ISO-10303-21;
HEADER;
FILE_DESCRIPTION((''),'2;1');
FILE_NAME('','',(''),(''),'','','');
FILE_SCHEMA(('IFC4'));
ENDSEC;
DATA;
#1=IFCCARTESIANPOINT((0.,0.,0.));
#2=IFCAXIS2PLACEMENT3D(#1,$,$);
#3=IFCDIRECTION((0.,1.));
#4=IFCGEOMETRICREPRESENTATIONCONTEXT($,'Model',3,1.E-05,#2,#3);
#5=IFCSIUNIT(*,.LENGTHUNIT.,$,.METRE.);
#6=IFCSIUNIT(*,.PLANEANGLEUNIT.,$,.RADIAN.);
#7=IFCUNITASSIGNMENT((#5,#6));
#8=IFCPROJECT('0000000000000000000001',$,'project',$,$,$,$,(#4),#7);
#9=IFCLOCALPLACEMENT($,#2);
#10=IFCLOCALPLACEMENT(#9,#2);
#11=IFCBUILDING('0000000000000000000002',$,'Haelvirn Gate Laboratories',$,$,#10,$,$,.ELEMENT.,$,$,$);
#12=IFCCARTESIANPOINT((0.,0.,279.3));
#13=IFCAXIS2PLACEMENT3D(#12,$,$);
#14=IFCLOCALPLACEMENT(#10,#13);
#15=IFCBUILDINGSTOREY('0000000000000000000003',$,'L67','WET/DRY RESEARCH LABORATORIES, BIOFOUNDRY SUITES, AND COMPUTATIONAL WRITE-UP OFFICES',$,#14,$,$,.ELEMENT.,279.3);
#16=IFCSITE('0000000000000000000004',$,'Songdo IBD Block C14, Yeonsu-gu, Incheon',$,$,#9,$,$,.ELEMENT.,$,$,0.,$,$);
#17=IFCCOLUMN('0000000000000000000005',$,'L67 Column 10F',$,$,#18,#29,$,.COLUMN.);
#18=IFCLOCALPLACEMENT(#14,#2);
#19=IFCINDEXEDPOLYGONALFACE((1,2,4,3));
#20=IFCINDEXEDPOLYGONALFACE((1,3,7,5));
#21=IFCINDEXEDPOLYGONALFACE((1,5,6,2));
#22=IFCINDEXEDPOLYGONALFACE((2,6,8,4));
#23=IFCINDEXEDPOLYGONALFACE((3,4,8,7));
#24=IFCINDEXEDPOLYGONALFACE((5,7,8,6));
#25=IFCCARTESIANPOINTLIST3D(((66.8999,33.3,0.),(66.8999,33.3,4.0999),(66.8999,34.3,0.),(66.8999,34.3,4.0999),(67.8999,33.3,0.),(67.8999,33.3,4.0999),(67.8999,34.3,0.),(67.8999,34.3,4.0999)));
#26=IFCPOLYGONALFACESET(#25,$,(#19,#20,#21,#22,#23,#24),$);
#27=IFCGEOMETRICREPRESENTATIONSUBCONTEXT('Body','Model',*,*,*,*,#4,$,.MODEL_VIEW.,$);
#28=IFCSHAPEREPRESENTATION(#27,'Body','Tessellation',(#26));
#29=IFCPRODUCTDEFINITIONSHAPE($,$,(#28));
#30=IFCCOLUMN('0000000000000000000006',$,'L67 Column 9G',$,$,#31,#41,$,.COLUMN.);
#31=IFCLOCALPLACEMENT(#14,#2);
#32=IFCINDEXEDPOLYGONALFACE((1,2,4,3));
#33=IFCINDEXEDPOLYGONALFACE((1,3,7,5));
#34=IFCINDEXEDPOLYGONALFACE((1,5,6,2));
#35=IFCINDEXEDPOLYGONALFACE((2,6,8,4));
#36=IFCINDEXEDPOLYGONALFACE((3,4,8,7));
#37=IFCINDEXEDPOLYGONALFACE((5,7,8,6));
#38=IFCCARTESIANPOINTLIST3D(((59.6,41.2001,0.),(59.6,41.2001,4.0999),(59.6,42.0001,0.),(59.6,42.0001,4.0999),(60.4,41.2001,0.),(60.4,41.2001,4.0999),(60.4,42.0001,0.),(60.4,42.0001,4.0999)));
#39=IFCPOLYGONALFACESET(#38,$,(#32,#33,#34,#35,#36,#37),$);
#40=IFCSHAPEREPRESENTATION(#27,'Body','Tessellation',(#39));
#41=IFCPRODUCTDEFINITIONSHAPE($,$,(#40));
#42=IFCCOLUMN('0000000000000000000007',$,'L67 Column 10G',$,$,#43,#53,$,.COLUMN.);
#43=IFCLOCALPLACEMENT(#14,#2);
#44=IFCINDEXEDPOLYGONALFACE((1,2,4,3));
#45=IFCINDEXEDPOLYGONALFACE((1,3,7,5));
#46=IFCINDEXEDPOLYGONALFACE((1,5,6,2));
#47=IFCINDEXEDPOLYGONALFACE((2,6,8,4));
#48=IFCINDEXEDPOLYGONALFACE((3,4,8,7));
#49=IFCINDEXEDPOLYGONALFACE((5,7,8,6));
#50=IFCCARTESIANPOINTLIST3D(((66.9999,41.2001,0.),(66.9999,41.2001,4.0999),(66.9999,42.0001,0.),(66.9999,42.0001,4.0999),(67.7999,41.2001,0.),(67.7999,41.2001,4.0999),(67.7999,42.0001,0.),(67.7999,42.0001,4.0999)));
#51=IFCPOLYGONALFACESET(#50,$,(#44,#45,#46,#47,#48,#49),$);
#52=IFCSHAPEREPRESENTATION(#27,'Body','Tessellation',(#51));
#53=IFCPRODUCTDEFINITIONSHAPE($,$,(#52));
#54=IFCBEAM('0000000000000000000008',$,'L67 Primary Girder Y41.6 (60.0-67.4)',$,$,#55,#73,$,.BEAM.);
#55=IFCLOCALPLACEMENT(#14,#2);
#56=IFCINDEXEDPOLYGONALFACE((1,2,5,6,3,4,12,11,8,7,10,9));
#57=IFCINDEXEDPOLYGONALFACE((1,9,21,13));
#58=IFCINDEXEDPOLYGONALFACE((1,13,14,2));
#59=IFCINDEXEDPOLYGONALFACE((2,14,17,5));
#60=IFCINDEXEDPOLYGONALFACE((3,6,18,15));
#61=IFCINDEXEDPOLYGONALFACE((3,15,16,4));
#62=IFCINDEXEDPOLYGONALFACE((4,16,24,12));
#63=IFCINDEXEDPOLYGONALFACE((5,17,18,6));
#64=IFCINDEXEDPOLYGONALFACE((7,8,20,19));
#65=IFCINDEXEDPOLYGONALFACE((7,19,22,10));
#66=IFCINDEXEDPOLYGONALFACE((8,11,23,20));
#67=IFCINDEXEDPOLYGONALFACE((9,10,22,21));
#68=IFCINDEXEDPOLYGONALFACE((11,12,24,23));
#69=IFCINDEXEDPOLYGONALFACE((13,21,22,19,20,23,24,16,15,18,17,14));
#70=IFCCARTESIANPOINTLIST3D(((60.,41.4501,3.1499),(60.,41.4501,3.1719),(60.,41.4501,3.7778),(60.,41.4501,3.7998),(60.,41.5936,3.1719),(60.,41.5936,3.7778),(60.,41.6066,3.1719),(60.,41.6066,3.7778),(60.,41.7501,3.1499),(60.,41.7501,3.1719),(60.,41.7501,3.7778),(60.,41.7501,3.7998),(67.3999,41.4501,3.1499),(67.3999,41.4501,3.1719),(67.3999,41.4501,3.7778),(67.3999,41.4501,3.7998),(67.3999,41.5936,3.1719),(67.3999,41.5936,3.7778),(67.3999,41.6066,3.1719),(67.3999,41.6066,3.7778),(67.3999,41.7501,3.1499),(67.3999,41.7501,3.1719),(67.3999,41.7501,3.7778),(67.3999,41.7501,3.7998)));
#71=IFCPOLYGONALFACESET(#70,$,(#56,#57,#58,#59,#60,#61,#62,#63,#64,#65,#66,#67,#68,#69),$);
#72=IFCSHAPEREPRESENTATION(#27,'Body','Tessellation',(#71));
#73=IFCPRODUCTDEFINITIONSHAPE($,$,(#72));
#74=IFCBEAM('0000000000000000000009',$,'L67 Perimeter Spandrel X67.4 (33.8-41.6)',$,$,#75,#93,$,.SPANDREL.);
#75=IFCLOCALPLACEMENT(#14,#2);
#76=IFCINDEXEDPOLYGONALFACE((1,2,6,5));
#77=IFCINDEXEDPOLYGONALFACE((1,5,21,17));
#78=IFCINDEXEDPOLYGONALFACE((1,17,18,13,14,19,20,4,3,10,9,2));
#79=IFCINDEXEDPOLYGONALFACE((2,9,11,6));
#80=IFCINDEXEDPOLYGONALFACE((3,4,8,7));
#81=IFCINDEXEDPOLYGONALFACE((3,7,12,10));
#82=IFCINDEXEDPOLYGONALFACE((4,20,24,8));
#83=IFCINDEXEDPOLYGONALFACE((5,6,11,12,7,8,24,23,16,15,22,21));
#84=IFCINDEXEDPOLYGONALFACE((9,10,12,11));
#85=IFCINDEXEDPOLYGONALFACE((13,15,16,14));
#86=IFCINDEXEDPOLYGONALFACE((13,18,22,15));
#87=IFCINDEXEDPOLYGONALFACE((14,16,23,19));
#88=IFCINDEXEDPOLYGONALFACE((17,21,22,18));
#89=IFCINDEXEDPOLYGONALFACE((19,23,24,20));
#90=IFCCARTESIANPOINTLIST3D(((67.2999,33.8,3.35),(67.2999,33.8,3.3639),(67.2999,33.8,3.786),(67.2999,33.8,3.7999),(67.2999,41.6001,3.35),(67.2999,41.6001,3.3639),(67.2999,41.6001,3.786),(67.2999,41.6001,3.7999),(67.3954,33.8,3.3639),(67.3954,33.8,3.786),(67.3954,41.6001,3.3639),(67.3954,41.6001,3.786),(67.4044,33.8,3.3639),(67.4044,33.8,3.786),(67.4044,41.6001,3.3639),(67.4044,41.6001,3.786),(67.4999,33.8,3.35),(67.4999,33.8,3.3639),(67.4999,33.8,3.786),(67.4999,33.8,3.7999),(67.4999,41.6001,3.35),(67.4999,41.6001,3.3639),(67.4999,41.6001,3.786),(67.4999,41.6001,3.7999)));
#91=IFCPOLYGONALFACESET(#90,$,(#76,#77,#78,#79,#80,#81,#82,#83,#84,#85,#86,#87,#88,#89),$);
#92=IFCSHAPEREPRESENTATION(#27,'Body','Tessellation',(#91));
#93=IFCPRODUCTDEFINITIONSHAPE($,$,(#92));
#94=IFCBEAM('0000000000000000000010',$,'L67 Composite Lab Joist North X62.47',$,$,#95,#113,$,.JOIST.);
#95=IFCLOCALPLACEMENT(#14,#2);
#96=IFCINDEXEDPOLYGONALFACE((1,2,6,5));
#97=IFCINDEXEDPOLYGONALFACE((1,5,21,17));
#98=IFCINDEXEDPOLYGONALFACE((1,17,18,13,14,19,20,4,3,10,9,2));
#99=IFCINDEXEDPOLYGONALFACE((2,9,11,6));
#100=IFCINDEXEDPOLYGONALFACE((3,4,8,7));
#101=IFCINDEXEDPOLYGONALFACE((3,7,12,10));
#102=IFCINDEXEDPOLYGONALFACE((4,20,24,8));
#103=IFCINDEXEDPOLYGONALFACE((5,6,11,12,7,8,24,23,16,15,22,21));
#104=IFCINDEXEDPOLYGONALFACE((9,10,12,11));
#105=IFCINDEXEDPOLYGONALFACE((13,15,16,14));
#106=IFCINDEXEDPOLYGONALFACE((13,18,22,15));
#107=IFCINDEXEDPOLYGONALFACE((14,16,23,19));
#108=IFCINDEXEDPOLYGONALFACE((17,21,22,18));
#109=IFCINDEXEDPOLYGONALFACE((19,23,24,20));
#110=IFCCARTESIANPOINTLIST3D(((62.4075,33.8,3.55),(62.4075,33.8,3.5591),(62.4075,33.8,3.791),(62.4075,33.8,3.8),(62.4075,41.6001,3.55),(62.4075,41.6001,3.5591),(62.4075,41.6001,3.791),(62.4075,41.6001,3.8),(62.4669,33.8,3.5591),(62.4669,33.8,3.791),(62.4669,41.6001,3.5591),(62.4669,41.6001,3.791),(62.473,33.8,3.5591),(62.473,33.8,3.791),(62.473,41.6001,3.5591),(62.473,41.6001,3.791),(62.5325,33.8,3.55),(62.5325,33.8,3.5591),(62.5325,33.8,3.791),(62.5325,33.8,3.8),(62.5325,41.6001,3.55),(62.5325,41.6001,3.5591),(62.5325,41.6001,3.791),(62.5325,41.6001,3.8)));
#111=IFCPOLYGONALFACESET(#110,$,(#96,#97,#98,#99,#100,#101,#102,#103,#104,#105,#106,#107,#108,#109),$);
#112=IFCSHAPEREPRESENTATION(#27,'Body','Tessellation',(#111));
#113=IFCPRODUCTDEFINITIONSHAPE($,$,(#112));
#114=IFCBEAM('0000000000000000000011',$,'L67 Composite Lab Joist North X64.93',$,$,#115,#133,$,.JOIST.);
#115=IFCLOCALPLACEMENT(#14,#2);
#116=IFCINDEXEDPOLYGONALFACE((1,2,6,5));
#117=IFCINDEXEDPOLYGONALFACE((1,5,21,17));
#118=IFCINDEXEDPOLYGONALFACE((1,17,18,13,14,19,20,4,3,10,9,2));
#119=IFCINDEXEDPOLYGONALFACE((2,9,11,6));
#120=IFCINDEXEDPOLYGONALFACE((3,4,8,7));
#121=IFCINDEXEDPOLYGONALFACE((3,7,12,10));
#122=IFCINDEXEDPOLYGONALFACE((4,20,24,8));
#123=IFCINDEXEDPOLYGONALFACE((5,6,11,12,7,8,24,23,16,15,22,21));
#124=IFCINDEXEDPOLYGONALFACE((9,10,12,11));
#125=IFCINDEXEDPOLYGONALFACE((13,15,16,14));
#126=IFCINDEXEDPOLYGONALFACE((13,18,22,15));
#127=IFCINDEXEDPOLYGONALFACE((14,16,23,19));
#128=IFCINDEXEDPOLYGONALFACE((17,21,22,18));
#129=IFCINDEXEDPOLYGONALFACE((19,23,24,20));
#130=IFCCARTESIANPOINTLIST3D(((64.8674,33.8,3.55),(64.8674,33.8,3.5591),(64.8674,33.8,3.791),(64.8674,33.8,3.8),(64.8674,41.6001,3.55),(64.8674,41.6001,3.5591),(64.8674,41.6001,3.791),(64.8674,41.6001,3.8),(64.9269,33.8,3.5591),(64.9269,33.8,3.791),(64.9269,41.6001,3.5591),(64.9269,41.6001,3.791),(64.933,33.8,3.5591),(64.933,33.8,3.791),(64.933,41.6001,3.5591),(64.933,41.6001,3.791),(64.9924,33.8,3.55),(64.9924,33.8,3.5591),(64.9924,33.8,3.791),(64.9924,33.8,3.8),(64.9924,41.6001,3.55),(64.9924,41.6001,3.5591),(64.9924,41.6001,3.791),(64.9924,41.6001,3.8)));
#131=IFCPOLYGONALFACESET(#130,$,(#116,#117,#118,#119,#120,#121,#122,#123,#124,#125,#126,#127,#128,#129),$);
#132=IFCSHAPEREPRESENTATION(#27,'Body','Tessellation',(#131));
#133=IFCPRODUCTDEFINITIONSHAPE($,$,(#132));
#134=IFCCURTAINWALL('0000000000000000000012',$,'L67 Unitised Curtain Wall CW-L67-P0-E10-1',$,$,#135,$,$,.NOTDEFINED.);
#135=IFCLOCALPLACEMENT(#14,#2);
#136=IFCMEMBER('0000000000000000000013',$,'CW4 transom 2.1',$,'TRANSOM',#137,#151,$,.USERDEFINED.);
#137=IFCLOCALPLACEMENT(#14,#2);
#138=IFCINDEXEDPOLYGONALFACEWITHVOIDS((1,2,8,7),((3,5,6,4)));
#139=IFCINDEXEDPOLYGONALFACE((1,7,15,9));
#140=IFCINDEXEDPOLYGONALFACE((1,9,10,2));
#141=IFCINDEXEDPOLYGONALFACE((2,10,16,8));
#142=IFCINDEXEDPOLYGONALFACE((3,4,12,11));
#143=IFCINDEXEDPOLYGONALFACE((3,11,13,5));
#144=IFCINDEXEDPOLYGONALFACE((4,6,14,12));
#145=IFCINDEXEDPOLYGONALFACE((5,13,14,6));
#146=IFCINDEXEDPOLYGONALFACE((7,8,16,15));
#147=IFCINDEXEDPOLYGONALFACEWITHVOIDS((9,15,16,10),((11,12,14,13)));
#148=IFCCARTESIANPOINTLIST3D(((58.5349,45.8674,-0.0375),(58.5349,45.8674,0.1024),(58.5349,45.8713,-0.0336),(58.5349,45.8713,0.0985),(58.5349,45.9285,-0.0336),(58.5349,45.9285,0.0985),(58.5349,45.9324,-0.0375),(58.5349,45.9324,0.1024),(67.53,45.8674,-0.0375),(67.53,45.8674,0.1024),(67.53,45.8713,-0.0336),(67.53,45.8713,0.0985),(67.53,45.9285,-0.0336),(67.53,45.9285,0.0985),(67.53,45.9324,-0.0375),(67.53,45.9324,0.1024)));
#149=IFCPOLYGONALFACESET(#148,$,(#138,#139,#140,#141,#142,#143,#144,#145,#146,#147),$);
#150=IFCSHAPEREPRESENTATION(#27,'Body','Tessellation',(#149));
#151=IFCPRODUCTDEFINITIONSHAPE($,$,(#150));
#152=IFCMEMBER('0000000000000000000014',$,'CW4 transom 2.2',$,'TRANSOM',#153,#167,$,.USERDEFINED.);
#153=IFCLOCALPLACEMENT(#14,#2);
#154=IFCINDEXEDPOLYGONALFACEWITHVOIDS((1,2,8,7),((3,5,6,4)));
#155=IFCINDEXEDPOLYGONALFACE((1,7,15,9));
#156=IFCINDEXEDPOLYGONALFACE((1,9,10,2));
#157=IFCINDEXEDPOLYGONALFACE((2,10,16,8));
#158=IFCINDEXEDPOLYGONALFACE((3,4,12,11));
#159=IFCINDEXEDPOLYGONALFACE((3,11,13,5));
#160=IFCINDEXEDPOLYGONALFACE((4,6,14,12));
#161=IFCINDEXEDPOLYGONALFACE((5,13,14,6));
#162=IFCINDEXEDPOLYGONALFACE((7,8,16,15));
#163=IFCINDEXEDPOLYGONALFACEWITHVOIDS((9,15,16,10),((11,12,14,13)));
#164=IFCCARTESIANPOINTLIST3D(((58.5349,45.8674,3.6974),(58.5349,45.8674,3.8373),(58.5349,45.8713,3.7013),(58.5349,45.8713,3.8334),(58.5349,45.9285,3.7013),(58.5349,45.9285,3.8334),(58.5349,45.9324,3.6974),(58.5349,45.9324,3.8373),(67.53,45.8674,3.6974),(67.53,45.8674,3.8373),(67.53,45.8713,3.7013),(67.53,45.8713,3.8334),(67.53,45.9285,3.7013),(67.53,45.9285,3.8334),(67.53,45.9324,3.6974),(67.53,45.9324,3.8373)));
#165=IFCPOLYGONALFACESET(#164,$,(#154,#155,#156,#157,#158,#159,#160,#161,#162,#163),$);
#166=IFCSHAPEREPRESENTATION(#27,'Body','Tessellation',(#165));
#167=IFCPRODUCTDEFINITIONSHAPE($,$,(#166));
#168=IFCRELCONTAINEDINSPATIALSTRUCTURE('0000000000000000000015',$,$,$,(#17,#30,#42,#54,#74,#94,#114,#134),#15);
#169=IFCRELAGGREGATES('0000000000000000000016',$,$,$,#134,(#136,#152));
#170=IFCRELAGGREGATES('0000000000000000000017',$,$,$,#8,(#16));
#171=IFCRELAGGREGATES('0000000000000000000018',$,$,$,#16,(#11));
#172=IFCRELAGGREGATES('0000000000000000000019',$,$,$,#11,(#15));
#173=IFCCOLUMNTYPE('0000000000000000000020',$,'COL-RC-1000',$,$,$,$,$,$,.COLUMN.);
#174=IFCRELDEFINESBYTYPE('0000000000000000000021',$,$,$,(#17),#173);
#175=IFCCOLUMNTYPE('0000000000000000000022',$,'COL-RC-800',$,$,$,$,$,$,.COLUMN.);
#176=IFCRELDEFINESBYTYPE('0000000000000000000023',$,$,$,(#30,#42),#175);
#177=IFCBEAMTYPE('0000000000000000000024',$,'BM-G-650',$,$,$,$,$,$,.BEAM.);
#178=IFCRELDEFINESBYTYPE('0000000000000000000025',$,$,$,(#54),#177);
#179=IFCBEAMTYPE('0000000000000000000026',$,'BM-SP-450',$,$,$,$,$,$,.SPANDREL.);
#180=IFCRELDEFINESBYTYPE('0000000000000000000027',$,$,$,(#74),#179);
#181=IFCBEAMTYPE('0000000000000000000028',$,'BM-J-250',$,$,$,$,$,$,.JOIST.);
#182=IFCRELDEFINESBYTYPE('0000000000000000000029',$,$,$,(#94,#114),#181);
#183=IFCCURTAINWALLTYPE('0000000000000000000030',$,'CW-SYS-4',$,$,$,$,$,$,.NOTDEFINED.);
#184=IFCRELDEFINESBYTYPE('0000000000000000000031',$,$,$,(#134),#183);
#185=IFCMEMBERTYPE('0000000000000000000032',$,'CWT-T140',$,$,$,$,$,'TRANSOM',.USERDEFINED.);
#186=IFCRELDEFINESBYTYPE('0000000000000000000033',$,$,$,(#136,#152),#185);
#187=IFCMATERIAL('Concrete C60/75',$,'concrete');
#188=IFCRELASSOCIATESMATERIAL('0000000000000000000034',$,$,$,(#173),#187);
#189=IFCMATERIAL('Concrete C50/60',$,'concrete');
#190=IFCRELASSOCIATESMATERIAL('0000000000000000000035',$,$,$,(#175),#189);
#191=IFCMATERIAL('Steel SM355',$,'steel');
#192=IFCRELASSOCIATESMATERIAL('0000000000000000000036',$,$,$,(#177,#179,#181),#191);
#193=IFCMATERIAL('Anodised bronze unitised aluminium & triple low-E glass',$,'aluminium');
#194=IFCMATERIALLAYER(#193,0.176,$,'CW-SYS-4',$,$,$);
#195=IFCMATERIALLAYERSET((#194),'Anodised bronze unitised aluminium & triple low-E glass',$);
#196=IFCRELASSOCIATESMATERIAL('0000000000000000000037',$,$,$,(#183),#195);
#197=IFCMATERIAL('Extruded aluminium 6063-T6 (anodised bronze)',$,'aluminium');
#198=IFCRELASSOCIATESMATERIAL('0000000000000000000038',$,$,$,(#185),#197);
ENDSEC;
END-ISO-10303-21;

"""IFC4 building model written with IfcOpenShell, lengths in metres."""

from ifc_helpers import new_model, si_unit, direction, frame, origin, origin_2d, place, context, subcontext, project, spatial, rectangle, hollow_rectangle, i_section, extrude, source, transform, mapped, material, layer, layer_set, material_profile, profile_set, type_object, type_shapes, element, aggregate, save


model = new_model("IFC4")

# Units and contexts
model_context = context("Model", 3, precision=1e-05, world=origin(), true_north=direction((0.0, 1.0)))
body_context = subcontext(model_context, "Body", "Model", "MODEL_VIEW")
ifc_project = project(units=[si_unit("LENGTHUNIT", "METRE"), si_unit("PLANEANGLEUNIT", "RADIAN")], contexts=[model_context])

# Site, building, storey
site_placement = place(None, origin())
site = spatial("IfcSite", under=ifc_project, at=site_placement, Name="Songdo IBD Block C14, Yeonsu-gu, Incheon", CompositionType="ELEMENT", RefElevation=0.0)
building_placement = place(site_placement, origin())
building = spatial("IfcBuilding", under=site, at=building_placement, Name="Haelvirn Gate Laboratories", CompositionType="ELEMENT")
storey_placement = place(building_placement, frame((0.0, 0.0, 279.3)))
storey = spatial("IfcBuildingStorey", under=building, at=storey_placement, Name="L67", Description="WET/DRY RESEARCH LABORATORIES, BIOFOUNDRY SUITES, AND COMPUTATIONAL WRITE-UP OFFICES", CompositionType="ELEMENT", Elevation=279.3)

# Columns
ifc_material_1 = material(Name="Concrete C60/75", Category="concrete")
ifc_material_profile_1 = material_profile(ifc_material_1, rectangle(XDim=1.0, YDim=1.0, at=origin_2d()), Name="RC-1000x1000")
ifc_profile_set_1 = profile_set([ifc_material_profile_1], Name="Concrete C60/75")
column_type_1 = type_object("IfcColumnType", Name="COL-RC-1000", PredefinedType="COLUMN", material=ifc_profile_set_1)
shared_shape_1 = source(origin(), body_context, "Body", "SweptSolid", [
    extrude(rectangle(XDim=1.0, YDim=1.0, at=origin_2d()), origin(), (0.0, 0.0, 1.0), 4.0999),
])
type_shapes(column_type_1, [shared_shape_1])
column_placement = place(storey_placement, frame((67.3999, 33.8, 0.0), z_axis=(0.0, 0.0, 1.0), x_axis=(1.0, 0.0, 0.0)))
element("IfcColumn", 1, at=column_placement, inside=storey, type_object=column_type_1, Name="L67 Column 10F", PredefinedType="COLUMN", context=body_context, shape_type="MappedRepresentation", body=[
    mapped(shared_shape_1, transform((0.0, 0.0, 0.0), scale=1.0)),
])
ifc_material_2 = material(Name="Concrete C50/60", Category="concrete")
ifc_material_profile_2 = material_profile(ifc_material_2, rectangle(XDim=0.8, YDim=0.8, at=origin_2d()), Name="RC-800x800")
ifc_profile_set_2 = profile_set([ifc_material_profile_2], Name="Concrete C50/60")
column_type_2 = type_object("IfcColumnType", Name="COL-RC-800", PredefinedType="COLUMN", material=ifc_profile_set_2)
shared_shape_2 = source(origin(), body_context, "Body", "SweptSolid", [
    extrude(rectangle(XDim=0.8, YDim=0.8, at=origin_2d()), origin(), (0.0, 0.0, 1.0), 4.0999),
])
type_shapes(column_type_2, [shared_shape_2])
for number, where, z_axis, x_axis, name in (
    (2, (60.0, 41.6001, 0.0), (0.0, 0.0, 1.0), (1.0, 0.0, 0.0), "L67 Column 9G"),
    (3, (67.3999, 41.6001, 0.0), (0.0, 0.0, 1.0), (1.0, 0.0, 0.0), "L67 Column 10G"),
):
    element("IfcColumn", number, at=place(storey_placement, frame(where, z_axis=z_axis, x_axis=x_axis)), inside=storey, type_object=column_type_2, Name=name, PredefinedType="COLUMN", context=body_context, shape_type="MappedRepresentation", body=[
        mapped(shared_shape_2, transform((0.0, 0.0, 0.0), scale=1.0)),
    ])

# Beams
ifc_material_3 = material(Name="Steel SM355", Category="steel")
ifc_material_profile_3 = material_profile(ifc_material_3, i_section(OverallWidth=0.3, OverallDepth=0.6499, WebThickness=0.0129, FlangeThickness=0.022, at=origin_2d()), Name="H-650x300x13x22")
ifc_profile_set_3 = profile_set([ifc_material_profile_3], Name="Steel SM355")
beam_type_1 = type_object("IfcBeamType", Name="BM-G-650", PredefinedType="BEAM", material=ifc_profile_set_3)
shared_shape_3 = source(origin(), body_context, "Body", "SweptSolid", [
    extrude(i_section(OverallWidth=0.3, OverallDepth=0.6499, WebThickness=0.0129, FlangeThickness=0.022, at=origin_2d()), origin(), (0.0, 0.0, 1.0), 7.3999),
])
type_shapes(beam_type_1, [shared_shape_3])
beam_1_placement = place(storey_placement, frame((60.0, 41.6001, 3.4749), z_axis=(1.0, 0.0, 0.0), x_axis=(0.0, 1.0, 0.0)))
element("IfcBeam", 4, at=beam_1_placement, inside=storey, type_object=beam_type_1, Name="L67 Primary Girder Y41.6 (60.0-67.4)", PredefinedType="BEAM", context=body_context, shape_type="MappedRepresentation", body=[
    mapped(shared_shape_3, transform((0.0, 0.0, 0.0), scale=1.0)),
])
ifc_material_profile_4 = material_profile(ifc_material_3, i_section(OverallWidth=0.2, OverallDepth=0.45, WebThickness=0.009, FlangeThickness=0.0139, at=origin_2d()), Name="H-450x200x9x14")
ifc_profile_set_4 = profile_set([ifc_material_profile_4], Name="Steel SM355")
beam_type_2 = type_object("IfcBeamType", Name="BM-SP-450", PredefinedType="SPANDREL", material=ifc_profile_set_4)
shared_shape_4 = source(origin(), body_context, "Body", "SweptSolid", [
    extrude(i_section(OverallWidth=0.2, OverallDepth=0.45, WebThickness=0.009, FlangeThickness=0.0139, at=origin_2d()), origin(), (0.0, 0.0, 1.0), 7.8),
])
type_shapes(beam_type_2, [shared_shape_4])
beam_2_placement = place(storey_placement, frame((67.3999, 33.8, 3.575), z_axis=(0.0, 1.0, 0.0), x_axis=(-1.0, 0.0, 0.0)))
element("IfcBeam", 5, at=beam_2_placement, inside=storey, type_object=beam_type_2, Name="L67 Perimeter Spandrel X67.4 (33.8-41.6)", PredefinedType="SPANDREL", context=body_context, shape_type="MappedRepresentation", body=[
    mapped(shared_shape_4, transform((0.0, 0.0, 0.0), scale=1.0)),
])
ifc_material_profile_5 = material_profile(ifc_material_3, i_section(OverallWidth=0.125, OverallDepth=0.25, WebThickness=0.0061, FlangeThickness=0.009, at=origin_2d()), Name="H-250x125x6x9")
ifc_profile_set_5 = profile_set([ifc_material_profile_5], Name="Steel SM355")
beam_type_3 = type_object("IfcBeamType", Name="BM-J-250", PredefinedType="JOIST", material=ifc_profile_set_5)
shared_shape_5 = source(origin(), body_context, "Body", "SweptSolid", [
    extrude(i_section(OverallWidth=0.125, OverallDepth=0.25, WebThickness=0.0061, FlangeThickness=0.009, at=origin_2d()), origin(), (0.0, 0.0, 1.0), 7.8),
])
type_shapes(beam_type_3, [shared_shape_5])
for number, where, z_axis, x_axis, name in (
    (6, (62.47, 33.8, 3.675), (0.0, 1.0, 0.0), (-1.0, 0.0, 0.0), "L67 Composite Lab Joist North X62.47"),
    (7, (64.9299, 33.8, 3.675), (0.0, 1.0, 0.0), (-1.0, 0.0, 0.0), "L67 Composite Lab Joist North X64.93"),
):
    element("IfcBeam", number, at=place(storey_placement, frame(where, z_axis=z_axis, x_axis=x_axis)), inside=storey, type_object=beam_type_3, Name=name, PredefinedType="JOIST", context=body_context, shape_type="MappedRepresentation", body=[
        mapped(shared_shape_5, transform((0.0, 0.0, 0.0), scale=1.0)),
    ])

# Curtain wall, members
ifc_material_4 = material(Name="Anodised bronze unitised aluminium & triple low-E glass", Category="aluminium")
ifc_layer_1 = layer(ifc_material_4, 0.176, Name="CW-SYS-4")
ifc_layer_set_1 = layer_set([ifc_layer_1], Name="Anodised bronze unitised aluminium & triple low-E glass")
curtain_wall_type_1 = type_object("IfcCurtainWallType", Name="CW-SYS-4", PredefinedType="NOTDEFINED", material=ifc_layer_set_1)
curtain_wall_1_placement = place(storey_placement, origin())
curtain_wall_1 = element("IfcCurtainWall", 8, at=curtain_wall_1_placement, inside=storey, type_object=curtain_wall_type_1, Name="L67 Unitised Curtain Wall CW-L67-P0-E10-1", PredefinedType="NOTDEFINED")
ifc_material_5 = material(Name="Extruded aluminium 6063-T6 (anodised bronze)", Category="aluminium")
ifc_material_profile_6 = material_profile(ifc_material_5, hollow_rectangle(XDim=0.0649, YDim=0.1399, WallThickness=0.0039, at=origin_2d()), Name="CWT-140x65x4")
ifc_profile_set_6 = profile_set([ifc_material_profile_6], Name="Extruded aluminium 6063-T6 (anodised bronze)")
member_type_1 = type_object("IfcMemberType", Name="CWT-T140", ElementType="TRANSOM", PredefinedType="USERDEFINED", material=ifc_profile_set_6)
shared_shape_6 = source(origin(), body_context, "Body", "SweptSolid", [
    extrude(hollow_rectangle(XDim=0.0649, YDim=0.1399, WallThickness=0.0039, at=origin_2d()), origin(), (0.0, 0.0, 1.0), 8.9951),
])
member_1_placement = place(storey_placement, frame((58.5349, 45.8999, 0.0325), z_axis=(1.0, 0.0, 0.0), x_axis=(0.0, 1.0, 0.0)))
member_1 = element("IfcMember", 9, at=member_1_placement, type_object=member_type_1, Name="CW4 transom 2.1", ObjectType="TRANSOM", PredefinedType="USERDEFINED", context=body_context, shape_type="MappedRepresentation", body=[
    mapped(shared_shape_6, transform((0.0, 0.0, 0.0), scale=1.0)),
])
member_2_placement = place(storey_placement, frame((58.5349, 45.8999, 3.7673), z_axis=(1.0, 0.0, 0.0), x_axis=(0.0, 1.0, 0.0)))
member_2 = element("IfcMember", 10, at=member_2_placement, type_object=member_type_1, Name="CW4 transom 2.2", ObjectType="TRANSOM", PredefinedType="USERDEFINED", context=body_context, shape_type="MappedRepresentation", body=[
    mapped(shared_shape_6, transform((0.0, 0.0, 0.0), scale=1.0)),
])

aggregate(curtain_wall_1, [member_1, member_2])

save(model, "model.ifc")
